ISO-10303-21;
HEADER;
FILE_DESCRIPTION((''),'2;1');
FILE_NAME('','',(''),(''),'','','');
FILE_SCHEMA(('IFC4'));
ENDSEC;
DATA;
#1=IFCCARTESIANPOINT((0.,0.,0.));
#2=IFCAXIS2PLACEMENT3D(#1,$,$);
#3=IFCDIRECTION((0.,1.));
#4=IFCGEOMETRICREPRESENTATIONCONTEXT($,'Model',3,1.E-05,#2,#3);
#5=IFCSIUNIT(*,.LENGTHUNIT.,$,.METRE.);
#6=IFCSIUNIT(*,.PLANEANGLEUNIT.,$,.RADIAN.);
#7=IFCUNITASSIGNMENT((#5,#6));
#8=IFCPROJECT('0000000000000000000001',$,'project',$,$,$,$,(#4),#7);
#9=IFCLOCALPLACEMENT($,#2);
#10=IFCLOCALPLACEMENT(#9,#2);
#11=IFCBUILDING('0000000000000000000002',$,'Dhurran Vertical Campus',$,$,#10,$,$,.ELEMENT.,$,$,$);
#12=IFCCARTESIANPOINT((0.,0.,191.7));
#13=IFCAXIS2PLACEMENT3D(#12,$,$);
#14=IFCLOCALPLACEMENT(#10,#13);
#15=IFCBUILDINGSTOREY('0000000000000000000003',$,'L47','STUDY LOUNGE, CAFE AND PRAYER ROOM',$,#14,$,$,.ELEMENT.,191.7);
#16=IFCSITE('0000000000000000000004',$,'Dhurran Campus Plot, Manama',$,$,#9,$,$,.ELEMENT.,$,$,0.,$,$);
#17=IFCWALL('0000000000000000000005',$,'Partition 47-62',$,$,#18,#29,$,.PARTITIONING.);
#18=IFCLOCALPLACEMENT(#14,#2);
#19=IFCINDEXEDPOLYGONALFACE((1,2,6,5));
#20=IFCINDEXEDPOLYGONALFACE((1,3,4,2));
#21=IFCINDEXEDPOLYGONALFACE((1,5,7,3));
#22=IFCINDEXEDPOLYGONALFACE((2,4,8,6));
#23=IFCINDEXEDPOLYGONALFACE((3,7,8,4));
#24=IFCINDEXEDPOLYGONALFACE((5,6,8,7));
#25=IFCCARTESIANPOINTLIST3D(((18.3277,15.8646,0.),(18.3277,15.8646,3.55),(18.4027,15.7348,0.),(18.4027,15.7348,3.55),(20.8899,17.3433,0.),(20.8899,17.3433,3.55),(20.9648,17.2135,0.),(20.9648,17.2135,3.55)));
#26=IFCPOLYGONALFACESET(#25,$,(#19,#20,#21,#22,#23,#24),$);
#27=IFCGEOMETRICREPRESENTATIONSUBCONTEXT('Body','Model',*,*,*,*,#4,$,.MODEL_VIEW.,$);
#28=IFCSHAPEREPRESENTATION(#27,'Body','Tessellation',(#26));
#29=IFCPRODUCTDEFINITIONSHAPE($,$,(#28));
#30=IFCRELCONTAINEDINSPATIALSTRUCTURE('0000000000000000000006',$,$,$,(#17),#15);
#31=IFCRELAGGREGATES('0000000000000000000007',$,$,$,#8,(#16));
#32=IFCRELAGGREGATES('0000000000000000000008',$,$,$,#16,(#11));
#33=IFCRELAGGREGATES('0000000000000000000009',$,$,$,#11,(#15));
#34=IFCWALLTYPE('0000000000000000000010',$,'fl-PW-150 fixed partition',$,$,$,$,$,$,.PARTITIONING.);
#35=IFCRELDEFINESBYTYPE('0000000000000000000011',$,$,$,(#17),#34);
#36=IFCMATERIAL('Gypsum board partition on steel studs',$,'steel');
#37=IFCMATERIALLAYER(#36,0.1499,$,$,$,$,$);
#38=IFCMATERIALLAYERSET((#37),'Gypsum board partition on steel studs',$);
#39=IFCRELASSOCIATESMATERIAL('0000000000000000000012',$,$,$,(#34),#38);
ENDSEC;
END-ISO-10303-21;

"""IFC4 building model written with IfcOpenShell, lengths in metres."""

from ifc_helpers import new_model, si_unit, direction, frame, frame_2d, origin, place, context, subcontext, project, spatial, rectangle, extrude, material, layer, layer_set, type_object, element, save


model = new_model("IFC4")

# Units and contexts
model_context = context("Model", 3, precision=1e-05, world=origin(), true_north=direction((0.0, 1.0)))
body_context = subcontext(model_context, "Body", "Model", "MODEL_VIEW")
ifc_project = project(units=[si_unit("LENGTHUNIT", "METRE"), si_unit("PLANEANGLEUNIT", "RADIAN")], contexts=[model_context])

# Site, building, storey
site_placement = place(None, origin())
site = spatial("IfcSite", under=ifc_project, at=site_placement, Name="Dhurran Campus Plot, Manama", CompositionType="ELEMENT", RefElevation=0.0)
building_placement = place(site_placement, origin())
building = spatial("IfcBuilding", under=site, at=building_placement, Name="Dhurran Vertical Campus", CompositionType="ELEMENT")
storey_placement = place(building_placement, frame((0.0, 0.0, 191.7)))
storey = spatial("IfcBuildingStorey", under=building, at=storey_placement, Name="L47", Description="STUDY LOUNGE, CAFE AND PRAYER ROOM", CompositionType="ELEMENT", Elevation=191.7)

# Wall
ifc_material_1 = material(Name="Gypsum board partition on steel studs", Category="steel")
ifc_layer_1 = layer(ifc_material_1, 0.1499)
ifc_layer_set_1 = layer_set([ifc_layer_1], Name="Gypsum board partition on steel studs")
wall_type_1 = type_object("IfcWallType", Name="fl-PW-150 fixed partition", PredefinedType="PARTITIONING", material=ifc_layer_set_1)
wall_1_placement = place(storey_placement, frame((20.9272, 17.2783, 0.0), z_axis=(0.0, 0.0, 1.0), x_axis=(-0.866107, -0.499858, 0.0)))
element("IfcWall", 1, at=wall_1_placement, inside=storey, type_object=wall_type_1, Name="Partition 47-62", PredefinedType="PARTITIONING", context=body_context, shape_type="SweptSolid", body=[
    extrude(rectangle(XDim=2.9583, YDim=0.1499, at=frame_2d((1.479, 0.0))), origin(), (0.0, 0.0, 1.0), 3.55),
])

save(model, "model.ifc")
